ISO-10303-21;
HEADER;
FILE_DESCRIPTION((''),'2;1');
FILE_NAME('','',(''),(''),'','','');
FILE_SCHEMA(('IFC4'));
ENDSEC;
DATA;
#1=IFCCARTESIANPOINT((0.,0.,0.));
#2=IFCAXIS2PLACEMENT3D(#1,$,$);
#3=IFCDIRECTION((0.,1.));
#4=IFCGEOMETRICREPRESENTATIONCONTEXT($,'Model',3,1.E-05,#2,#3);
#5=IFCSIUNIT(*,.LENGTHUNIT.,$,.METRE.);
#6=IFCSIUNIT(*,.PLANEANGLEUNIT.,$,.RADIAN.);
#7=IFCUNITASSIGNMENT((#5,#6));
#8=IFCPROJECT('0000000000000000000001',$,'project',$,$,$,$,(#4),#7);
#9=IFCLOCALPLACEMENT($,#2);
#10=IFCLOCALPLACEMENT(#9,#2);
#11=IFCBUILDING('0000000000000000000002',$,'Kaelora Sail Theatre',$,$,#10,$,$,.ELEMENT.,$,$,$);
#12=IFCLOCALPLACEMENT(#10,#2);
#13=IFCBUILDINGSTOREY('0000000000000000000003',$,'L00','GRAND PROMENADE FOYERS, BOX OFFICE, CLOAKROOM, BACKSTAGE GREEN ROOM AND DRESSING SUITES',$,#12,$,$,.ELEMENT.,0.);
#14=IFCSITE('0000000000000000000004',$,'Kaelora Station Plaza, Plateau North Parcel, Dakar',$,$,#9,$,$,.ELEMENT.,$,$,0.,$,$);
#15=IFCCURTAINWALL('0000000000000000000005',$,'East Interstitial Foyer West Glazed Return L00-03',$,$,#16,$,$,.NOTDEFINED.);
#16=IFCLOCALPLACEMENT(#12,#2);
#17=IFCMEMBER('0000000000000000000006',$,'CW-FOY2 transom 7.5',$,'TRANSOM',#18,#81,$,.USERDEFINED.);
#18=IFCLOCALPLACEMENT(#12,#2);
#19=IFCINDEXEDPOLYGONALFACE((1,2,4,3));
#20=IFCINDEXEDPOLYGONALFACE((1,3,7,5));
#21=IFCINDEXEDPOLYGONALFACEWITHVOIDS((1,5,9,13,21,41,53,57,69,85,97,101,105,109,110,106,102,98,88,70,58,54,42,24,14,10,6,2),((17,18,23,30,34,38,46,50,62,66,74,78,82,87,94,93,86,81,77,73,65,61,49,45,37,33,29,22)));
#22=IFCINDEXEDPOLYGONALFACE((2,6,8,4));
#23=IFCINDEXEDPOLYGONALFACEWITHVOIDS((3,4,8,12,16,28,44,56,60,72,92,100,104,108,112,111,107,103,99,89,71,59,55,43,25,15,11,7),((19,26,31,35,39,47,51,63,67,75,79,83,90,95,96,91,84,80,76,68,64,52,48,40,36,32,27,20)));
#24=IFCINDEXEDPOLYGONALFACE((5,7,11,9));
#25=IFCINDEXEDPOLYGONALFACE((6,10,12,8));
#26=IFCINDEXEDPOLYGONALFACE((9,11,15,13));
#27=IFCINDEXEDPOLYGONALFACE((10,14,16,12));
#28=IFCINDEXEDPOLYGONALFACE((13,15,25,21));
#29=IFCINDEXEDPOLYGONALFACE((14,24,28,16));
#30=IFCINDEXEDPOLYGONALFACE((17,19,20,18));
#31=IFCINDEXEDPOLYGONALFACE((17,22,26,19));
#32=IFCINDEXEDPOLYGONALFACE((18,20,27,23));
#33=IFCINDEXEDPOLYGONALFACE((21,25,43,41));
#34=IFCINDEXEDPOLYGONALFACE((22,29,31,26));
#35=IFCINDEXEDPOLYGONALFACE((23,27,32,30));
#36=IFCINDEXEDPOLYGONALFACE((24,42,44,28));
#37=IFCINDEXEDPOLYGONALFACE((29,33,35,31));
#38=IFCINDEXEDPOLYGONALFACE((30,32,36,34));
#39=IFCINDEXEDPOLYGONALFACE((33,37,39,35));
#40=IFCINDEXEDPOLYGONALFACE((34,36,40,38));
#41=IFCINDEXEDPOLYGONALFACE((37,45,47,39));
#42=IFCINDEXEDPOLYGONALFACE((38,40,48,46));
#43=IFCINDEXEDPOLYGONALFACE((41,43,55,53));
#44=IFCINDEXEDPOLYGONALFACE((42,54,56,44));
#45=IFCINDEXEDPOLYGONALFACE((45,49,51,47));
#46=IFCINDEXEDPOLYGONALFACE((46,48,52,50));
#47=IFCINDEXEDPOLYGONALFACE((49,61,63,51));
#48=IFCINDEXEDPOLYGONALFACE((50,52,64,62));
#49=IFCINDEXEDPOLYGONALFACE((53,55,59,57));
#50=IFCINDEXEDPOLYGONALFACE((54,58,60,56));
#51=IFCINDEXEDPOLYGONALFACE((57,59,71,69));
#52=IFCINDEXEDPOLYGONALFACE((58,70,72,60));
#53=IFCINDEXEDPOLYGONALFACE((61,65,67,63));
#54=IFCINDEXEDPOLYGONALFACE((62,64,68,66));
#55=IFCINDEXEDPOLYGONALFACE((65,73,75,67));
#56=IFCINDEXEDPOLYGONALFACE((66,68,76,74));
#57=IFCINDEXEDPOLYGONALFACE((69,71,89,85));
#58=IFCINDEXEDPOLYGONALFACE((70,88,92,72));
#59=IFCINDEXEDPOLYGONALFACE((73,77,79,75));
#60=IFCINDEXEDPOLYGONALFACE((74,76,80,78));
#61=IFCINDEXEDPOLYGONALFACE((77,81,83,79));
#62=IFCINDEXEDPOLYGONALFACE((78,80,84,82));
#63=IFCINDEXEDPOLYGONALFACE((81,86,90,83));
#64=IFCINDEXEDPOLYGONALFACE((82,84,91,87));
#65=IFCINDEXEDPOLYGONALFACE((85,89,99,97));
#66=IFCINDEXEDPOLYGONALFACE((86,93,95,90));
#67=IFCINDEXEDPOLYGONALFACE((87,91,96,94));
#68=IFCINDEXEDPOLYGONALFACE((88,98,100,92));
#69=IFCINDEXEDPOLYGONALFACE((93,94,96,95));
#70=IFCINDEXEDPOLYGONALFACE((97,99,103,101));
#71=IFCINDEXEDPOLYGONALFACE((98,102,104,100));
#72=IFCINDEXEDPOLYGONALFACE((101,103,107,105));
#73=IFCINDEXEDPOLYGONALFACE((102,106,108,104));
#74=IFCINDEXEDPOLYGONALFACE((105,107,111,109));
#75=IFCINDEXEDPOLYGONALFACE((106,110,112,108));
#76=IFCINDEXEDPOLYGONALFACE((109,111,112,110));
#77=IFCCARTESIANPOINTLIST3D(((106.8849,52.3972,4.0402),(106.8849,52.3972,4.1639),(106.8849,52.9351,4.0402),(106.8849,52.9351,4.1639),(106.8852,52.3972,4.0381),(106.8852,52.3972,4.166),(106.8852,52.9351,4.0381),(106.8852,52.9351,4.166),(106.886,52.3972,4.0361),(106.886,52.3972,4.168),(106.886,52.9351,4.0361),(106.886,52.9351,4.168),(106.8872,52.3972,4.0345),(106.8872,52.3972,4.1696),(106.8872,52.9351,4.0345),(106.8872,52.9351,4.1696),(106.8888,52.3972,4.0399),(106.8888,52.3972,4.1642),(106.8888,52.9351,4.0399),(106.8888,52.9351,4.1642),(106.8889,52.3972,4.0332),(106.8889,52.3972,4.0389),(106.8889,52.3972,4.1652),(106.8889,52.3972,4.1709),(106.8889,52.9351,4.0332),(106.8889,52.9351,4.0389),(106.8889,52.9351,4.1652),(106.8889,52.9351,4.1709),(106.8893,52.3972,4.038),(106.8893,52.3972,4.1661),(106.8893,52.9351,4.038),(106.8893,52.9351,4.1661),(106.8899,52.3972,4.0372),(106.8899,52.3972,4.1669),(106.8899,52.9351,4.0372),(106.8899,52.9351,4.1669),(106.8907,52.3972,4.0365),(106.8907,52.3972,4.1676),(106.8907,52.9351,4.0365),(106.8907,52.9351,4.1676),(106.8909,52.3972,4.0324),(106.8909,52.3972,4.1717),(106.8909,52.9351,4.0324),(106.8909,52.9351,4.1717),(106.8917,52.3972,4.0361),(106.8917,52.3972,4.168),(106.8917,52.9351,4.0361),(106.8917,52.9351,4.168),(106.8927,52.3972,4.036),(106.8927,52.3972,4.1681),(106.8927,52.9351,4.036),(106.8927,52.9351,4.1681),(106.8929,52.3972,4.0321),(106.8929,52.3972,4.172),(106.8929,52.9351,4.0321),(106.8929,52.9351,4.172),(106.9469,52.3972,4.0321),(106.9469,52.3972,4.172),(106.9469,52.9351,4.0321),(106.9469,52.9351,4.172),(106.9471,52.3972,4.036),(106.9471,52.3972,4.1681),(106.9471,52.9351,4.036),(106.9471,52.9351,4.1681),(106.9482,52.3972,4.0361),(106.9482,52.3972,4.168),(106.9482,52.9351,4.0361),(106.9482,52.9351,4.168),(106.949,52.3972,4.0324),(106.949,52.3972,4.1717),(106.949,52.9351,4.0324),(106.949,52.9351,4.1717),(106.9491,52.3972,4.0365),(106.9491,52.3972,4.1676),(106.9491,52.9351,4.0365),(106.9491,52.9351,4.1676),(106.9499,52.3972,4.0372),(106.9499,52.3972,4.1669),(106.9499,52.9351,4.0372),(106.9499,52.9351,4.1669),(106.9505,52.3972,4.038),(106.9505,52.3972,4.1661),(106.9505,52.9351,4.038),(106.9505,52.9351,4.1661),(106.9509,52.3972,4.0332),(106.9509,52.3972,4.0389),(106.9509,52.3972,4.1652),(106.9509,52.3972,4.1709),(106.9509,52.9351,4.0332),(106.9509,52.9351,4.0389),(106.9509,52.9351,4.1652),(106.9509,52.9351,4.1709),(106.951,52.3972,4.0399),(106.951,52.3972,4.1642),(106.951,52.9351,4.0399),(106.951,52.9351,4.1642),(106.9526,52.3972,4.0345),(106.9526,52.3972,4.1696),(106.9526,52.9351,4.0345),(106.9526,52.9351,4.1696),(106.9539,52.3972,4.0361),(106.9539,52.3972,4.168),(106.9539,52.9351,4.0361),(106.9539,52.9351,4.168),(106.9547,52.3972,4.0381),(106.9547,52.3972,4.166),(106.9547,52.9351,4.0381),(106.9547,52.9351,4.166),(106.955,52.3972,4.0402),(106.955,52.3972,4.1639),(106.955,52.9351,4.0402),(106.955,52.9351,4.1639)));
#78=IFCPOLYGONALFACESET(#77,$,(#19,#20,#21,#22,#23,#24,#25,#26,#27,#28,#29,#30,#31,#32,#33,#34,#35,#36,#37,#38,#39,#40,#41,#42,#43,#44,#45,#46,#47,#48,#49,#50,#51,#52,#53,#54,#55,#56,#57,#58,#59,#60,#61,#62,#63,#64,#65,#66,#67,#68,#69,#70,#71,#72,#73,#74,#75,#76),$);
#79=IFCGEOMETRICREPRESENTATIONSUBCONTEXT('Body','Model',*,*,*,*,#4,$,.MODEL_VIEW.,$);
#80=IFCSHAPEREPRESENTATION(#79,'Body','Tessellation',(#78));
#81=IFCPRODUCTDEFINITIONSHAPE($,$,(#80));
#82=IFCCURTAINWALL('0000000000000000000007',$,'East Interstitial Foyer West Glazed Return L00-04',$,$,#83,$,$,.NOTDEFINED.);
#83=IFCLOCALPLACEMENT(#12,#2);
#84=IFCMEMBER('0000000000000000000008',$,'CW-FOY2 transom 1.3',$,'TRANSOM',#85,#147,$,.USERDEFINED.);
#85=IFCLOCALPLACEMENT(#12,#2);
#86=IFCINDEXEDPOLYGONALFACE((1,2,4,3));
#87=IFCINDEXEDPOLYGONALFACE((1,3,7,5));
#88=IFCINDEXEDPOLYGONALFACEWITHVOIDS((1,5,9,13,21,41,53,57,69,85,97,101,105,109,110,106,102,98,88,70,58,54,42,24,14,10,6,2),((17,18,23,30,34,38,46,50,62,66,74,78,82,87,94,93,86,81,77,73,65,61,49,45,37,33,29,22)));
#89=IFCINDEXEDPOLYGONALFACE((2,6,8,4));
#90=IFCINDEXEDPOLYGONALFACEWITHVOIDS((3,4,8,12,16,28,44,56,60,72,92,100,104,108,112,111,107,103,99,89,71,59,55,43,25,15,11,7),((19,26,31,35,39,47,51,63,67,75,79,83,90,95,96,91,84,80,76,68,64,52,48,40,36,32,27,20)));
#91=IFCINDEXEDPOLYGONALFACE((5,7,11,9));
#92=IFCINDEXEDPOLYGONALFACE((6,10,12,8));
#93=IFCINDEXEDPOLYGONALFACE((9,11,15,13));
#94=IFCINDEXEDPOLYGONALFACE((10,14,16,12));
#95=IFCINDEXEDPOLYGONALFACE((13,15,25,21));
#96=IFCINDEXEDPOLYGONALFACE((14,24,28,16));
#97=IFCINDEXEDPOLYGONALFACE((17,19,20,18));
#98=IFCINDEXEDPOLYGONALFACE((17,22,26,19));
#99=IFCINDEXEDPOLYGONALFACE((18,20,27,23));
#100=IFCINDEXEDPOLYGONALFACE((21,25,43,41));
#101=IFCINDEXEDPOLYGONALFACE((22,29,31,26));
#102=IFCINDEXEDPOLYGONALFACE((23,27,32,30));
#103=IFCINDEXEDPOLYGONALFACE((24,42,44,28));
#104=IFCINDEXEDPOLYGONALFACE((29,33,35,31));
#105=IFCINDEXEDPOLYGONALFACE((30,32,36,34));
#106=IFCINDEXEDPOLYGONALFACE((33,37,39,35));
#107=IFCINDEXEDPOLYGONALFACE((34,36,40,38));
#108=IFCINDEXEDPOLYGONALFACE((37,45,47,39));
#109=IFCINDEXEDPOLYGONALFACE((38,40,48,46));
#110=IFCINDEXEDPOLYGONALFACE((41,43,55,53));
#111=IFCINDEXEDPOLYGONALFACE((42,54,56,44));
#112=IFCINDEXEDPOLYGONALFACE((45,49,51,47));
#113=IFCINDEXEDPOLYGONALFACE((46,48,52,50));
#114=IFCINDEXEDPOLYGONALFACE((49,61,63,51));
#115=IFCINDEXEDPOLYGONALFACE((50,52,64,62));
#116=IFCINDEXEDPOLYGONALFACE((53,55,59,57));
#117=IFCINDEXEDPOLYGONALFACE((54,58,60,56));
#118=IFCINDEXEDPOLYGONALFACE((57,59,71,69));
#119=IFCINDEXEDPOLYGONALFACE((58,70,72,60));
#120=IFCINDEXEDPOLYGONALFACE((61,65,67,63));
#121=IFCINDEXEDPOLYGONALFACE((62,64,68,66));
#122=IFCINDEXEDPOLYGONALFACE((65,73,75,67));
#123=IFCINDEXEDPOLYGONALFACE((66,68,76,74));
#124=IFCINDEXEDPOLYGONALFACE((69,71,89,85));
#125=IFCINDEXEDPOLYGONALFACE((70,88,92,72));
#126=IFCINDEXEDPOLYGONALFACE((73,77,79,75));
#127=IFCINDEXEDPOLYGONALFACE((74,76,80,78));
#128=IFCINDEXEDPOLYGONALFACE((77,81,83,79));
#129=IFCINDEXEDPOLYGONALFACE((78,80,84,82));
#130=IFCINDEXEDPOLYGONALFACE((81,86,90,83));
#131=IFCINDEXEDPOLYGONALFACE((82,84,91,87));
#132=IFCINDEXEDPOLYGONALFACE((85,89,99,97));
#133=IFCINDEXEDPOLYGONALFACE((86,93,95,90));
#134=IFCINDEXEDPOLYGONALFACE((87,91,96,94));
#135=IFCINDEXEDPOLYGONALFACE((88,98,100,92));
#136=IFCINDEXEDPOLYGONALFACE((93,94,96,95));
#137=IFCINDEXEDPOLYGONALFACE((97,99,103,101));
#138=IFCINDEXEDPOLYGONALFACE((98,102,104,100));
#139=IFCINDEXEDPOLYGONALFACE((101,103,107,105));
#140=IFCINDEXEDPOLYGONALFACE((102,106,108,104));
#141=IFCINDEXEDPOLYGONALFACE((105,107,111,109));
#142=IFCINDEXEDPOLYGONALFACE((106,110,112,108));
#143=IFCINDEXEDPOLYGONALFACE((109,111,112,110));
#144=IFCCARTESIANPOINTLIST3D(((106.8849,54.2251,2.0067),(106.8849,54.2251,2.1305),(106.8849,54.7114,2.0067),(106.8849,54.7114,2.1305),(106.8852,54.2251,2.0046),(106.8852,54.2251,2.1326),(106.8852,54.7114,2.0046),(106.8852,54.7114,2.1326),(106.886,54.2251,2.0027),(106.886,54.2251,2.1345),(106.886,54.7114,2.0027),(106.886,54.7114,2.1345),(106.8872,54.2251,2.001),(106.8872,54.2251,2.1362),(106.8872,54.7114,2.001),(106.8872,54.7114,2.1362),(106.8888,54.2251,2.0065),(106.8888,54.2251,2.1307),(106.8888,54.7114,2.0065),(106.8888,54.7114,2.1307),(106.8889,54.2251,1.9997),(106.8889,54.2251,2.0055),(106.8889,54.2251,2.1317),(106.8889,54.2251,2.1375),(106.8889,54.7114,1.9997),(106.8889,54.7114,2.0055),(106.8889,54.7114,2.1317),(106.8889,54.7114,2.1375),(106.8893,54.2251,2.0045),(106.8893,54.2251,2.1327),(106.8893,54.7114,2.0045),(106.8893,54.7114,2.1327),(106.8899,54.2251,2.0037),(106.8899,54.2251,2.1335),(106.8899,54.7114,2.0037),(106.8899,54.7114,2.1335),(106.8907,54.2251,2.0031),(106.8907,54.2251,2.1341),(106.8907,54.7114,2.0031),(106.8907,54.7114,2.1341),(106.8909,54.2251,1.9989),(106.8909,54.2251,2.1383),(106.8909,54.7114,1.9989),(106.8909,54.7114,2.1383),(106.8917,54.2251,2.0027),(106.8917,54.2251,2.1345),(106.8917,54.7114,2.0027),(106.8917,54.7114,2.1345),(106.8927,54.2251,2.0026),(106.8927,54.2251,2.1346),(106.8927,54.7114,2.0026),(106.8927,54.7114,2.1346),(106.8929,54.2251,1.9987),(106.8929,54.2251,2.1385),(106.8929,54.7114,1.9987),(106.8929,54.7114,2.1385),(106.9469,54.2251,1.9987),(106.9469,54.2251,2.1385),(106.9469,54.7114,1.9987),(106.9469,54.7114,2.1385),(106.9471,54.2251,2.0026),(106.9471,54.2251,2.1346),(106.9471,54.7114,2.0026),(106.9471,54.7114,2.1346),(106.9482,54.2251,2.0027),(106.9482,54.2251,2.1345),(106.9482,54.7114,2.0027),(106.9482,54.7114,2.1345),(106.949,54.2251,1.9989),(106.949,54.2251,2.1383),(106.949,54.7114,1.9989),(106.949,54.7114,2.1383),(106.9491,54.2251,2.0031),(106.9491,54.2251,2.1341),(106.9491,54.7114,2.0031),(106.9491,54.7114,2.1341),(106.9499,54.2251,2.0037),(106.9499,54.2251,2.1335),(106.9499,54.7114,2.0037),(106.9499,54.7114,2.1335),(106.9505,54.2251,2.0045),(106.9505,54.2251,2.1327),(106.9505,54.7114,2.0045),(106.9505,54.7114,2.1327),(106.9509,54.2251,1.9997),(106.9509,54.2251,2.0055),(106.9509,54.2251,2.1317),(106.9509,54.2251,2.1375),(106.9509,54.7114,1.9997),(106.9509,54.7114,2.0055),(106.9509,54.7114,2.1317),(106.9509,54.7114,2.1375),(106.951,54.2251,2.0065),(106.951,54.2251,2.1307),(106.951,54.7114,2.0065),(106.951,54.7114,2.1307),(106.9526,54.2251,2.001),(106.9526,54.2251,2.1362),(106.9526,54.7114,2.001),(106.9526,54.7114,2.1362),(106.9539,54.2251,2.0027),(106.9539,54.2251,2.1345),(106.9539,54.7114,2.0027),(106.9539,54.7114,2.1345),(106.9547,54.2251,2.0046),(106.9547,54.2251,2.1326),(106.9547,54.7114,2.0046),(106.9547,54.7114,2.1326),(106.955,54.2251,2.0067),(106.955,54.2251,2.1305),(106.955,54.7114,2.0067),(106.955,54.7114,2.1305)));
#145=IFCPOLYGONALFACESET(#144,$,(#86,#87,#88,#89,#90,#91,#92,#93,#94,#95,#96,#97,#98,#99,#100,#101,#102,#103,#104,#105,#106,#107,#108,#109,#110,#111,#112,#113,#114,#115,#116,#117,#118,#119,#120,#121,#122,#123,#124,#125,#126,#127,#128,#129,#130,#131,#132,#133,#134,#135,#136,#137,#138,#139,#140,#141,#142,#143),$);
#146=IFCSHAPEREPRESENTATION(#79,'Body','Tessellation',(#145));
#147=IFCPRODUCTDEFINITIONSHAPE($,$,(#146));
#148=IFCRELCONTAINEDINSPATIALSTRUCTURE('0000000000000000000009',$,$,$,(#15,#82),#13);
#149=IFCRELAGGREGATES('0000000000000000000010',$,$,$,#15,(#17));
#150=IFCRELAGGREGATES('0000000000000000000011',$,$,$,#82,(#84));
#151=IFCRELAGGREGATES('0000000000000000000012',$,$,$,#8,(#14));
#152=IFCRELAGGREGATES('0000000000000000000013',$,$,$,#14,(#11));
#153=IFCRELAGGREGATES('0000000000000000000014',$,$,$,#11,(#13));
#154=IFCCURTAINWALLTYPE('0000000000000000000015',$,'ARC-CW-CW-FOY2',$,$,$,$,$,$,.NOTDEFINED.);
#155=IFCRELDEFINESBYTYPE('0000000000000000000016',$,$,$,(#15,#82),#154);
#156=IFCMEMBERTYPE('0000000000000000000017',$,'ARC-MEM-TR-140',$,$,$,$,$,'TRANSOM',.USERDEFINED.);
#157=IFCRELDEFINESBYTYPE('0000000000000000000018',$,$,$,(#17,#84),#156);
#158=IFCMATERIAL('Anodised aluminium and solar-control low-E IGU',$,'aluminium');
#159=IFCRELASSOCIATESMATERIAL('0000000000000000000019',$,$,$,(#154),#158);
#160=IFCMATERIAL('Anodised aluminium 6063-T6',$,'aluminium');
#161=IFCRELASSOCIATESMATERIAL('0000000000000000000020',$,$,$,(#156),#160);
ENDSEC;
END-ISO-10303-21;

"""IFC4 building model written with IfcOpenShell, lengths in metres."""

from ifc_helpers import new_model, si_unit, direction, frame, origin, origin_2d, place, context, subcontext, project, spatial, hollow_rectangle, extrude, material, material_profile, profile_set, type_object, element, aggregate, save


model = new_model("IFC4")

# Units and contexts
model_context = context("Model", 3, precision=1e-05, world=origin(), true_north=direction((0.0, 1.0)))
body_context = subcontext(model_context, "Body", "Model", "MODEL_VIEW")
ifc_project = project(units=[si_unit("LENGTHUNIT", "METRE"), si_unit("PLANEANGLEUNIT", "RADIAN")], contexts=[model_context])

# Site, building, storey
site_placement = place(None, origin())
site = spatial("IfcSite", under=ifc_project, at=site_placement, Name="Kaelora Station Plaza, Plateau North Parcel, Dakar", CompositionType="ELEMENT", RefElevation=0.0)
building_placement = place(site_placement, origin())
building = spatial("IfcBuilding", under=site, at=building_placement, Name="Kaelora Sail Theatre", CompositionType="ELEMENT")
storey_placement = place(building_placement, origin())
storey = spatial("IfcBuildingStorey", under=building, at=storey_placement, Name="L00", Description="GRAND PROMENADE FOYERS, BOX OFFICE, CLOAKROOM, BACKSTAGE GREEN ROOM AND DRESSING SUITES", CompositionType="ELEMENT", Elevation=0.0)

# Curtain walls, members
ifc_material_1 = material(Name="Anodised aluminium and solar-control low-E IGU", Category="aluminium")
curtain_wall_type = type_object("IfcCurtainWallType", Name="ARC-CW-CW-FOY2", PredefinedType="NOTDEFINED", material=ifc_material_1)
curtain_wall_1_placement = place(storey_placement, origin())
curtain_wall_1 = element("IfcCurtainWall", 1, at=curtain_wall_1_placement, inside=storey, type_object=curtain_wall_type, Name="East Interstitial Foyer West Glazed Return L00-03", PredefinedType="NOTDEFINED")
ifc_material_2 = material(Name="Anodised aluminium 6063-T6", Category="aluminium")
ifc_material_profile = material_profile(ifc_material_2, hollow_rectangle(XDim=0.0701, YDim=0.1399, WallThickness=0.0039, InnerFilletRadius=0.0039, OuterFilletRadius=0.0081, at=origin_2d()), Name="ALU-TRAN 70x140x4")
ifc_profile_set = profile_set([ifc_material_profile], Name="Anodised aluminium 6063-T6")
member_type = type_object("IfcMemberType", Name="ARC-MEM-TR-140", ElementType="TRANSOM", PredefinedType="USERDEFINED", material=ifc_profile_set)
member_1_placement = place(storey_placement, frame((106.9199, 52.3972, 4.1021), z_axis=(0.0, 1.0, 0.0), x_axis=(-1.0, 0.0, 0.0)))
member_1 = element("IfcMember", 2, at=member_1_placement, type_object=member_type, Name="CW-FOY2 transom 7.5", ObjectType="TRANSOM", PredefinedType="USERDEFINED", context=body_context, shape_type="SweptSolid", body=[
    extrude(hollow_rectangle(XDim=0.0701, YDim=0.1399, WallThickness=0.0039, InnerFilletRadius=0.0039, OuterFilletRadius=0.0081, at=origin_2d()), origin(), (0.0, 0.0, 1.0), 0.5378),
])
curtain_wall_2_placement = place(storey_placement, origin())
curtain_wall_2 = element("IfcCurtainWall", 3, at=curtain_wall_2_placement, inside=storey, type_object=curtain_wall_type, Name="East Interstitial Foyer West Glazed Return L00-04", PredefinedType="NOTDEFINED")
member_2_placement = place(storey_placement, frame((106.9199, 54.2251, 2.0686), z_axis=(0.0, 1.0, 0.0), x_axis=(-1.0, 0.0, 0.0)))
member_2 = element("IfcMember", 4, at=member_2_placement, type_object=member_type, Name="CW-FOY2 transom 1.3", ObjectType="TRANSOM", PredefinedType="USERDEFINED", context=body_context, shape_type="SweptSolid", body=[
    extrude(hollow_rectangle(XDim=0.0701, YDim=0.1399, WallThickness=0.0039, InnerFilletRadius=0.0039, OuterFilletRadius=0.0081, at=origin_2d()), origin(), (0.0, 0.0, 1.0), 0.4863),
])

aggregate(curtain_wall_1, [member_1])
aggregate(curtain_wall_2, [member_2])

save(model, "model.ifc")
